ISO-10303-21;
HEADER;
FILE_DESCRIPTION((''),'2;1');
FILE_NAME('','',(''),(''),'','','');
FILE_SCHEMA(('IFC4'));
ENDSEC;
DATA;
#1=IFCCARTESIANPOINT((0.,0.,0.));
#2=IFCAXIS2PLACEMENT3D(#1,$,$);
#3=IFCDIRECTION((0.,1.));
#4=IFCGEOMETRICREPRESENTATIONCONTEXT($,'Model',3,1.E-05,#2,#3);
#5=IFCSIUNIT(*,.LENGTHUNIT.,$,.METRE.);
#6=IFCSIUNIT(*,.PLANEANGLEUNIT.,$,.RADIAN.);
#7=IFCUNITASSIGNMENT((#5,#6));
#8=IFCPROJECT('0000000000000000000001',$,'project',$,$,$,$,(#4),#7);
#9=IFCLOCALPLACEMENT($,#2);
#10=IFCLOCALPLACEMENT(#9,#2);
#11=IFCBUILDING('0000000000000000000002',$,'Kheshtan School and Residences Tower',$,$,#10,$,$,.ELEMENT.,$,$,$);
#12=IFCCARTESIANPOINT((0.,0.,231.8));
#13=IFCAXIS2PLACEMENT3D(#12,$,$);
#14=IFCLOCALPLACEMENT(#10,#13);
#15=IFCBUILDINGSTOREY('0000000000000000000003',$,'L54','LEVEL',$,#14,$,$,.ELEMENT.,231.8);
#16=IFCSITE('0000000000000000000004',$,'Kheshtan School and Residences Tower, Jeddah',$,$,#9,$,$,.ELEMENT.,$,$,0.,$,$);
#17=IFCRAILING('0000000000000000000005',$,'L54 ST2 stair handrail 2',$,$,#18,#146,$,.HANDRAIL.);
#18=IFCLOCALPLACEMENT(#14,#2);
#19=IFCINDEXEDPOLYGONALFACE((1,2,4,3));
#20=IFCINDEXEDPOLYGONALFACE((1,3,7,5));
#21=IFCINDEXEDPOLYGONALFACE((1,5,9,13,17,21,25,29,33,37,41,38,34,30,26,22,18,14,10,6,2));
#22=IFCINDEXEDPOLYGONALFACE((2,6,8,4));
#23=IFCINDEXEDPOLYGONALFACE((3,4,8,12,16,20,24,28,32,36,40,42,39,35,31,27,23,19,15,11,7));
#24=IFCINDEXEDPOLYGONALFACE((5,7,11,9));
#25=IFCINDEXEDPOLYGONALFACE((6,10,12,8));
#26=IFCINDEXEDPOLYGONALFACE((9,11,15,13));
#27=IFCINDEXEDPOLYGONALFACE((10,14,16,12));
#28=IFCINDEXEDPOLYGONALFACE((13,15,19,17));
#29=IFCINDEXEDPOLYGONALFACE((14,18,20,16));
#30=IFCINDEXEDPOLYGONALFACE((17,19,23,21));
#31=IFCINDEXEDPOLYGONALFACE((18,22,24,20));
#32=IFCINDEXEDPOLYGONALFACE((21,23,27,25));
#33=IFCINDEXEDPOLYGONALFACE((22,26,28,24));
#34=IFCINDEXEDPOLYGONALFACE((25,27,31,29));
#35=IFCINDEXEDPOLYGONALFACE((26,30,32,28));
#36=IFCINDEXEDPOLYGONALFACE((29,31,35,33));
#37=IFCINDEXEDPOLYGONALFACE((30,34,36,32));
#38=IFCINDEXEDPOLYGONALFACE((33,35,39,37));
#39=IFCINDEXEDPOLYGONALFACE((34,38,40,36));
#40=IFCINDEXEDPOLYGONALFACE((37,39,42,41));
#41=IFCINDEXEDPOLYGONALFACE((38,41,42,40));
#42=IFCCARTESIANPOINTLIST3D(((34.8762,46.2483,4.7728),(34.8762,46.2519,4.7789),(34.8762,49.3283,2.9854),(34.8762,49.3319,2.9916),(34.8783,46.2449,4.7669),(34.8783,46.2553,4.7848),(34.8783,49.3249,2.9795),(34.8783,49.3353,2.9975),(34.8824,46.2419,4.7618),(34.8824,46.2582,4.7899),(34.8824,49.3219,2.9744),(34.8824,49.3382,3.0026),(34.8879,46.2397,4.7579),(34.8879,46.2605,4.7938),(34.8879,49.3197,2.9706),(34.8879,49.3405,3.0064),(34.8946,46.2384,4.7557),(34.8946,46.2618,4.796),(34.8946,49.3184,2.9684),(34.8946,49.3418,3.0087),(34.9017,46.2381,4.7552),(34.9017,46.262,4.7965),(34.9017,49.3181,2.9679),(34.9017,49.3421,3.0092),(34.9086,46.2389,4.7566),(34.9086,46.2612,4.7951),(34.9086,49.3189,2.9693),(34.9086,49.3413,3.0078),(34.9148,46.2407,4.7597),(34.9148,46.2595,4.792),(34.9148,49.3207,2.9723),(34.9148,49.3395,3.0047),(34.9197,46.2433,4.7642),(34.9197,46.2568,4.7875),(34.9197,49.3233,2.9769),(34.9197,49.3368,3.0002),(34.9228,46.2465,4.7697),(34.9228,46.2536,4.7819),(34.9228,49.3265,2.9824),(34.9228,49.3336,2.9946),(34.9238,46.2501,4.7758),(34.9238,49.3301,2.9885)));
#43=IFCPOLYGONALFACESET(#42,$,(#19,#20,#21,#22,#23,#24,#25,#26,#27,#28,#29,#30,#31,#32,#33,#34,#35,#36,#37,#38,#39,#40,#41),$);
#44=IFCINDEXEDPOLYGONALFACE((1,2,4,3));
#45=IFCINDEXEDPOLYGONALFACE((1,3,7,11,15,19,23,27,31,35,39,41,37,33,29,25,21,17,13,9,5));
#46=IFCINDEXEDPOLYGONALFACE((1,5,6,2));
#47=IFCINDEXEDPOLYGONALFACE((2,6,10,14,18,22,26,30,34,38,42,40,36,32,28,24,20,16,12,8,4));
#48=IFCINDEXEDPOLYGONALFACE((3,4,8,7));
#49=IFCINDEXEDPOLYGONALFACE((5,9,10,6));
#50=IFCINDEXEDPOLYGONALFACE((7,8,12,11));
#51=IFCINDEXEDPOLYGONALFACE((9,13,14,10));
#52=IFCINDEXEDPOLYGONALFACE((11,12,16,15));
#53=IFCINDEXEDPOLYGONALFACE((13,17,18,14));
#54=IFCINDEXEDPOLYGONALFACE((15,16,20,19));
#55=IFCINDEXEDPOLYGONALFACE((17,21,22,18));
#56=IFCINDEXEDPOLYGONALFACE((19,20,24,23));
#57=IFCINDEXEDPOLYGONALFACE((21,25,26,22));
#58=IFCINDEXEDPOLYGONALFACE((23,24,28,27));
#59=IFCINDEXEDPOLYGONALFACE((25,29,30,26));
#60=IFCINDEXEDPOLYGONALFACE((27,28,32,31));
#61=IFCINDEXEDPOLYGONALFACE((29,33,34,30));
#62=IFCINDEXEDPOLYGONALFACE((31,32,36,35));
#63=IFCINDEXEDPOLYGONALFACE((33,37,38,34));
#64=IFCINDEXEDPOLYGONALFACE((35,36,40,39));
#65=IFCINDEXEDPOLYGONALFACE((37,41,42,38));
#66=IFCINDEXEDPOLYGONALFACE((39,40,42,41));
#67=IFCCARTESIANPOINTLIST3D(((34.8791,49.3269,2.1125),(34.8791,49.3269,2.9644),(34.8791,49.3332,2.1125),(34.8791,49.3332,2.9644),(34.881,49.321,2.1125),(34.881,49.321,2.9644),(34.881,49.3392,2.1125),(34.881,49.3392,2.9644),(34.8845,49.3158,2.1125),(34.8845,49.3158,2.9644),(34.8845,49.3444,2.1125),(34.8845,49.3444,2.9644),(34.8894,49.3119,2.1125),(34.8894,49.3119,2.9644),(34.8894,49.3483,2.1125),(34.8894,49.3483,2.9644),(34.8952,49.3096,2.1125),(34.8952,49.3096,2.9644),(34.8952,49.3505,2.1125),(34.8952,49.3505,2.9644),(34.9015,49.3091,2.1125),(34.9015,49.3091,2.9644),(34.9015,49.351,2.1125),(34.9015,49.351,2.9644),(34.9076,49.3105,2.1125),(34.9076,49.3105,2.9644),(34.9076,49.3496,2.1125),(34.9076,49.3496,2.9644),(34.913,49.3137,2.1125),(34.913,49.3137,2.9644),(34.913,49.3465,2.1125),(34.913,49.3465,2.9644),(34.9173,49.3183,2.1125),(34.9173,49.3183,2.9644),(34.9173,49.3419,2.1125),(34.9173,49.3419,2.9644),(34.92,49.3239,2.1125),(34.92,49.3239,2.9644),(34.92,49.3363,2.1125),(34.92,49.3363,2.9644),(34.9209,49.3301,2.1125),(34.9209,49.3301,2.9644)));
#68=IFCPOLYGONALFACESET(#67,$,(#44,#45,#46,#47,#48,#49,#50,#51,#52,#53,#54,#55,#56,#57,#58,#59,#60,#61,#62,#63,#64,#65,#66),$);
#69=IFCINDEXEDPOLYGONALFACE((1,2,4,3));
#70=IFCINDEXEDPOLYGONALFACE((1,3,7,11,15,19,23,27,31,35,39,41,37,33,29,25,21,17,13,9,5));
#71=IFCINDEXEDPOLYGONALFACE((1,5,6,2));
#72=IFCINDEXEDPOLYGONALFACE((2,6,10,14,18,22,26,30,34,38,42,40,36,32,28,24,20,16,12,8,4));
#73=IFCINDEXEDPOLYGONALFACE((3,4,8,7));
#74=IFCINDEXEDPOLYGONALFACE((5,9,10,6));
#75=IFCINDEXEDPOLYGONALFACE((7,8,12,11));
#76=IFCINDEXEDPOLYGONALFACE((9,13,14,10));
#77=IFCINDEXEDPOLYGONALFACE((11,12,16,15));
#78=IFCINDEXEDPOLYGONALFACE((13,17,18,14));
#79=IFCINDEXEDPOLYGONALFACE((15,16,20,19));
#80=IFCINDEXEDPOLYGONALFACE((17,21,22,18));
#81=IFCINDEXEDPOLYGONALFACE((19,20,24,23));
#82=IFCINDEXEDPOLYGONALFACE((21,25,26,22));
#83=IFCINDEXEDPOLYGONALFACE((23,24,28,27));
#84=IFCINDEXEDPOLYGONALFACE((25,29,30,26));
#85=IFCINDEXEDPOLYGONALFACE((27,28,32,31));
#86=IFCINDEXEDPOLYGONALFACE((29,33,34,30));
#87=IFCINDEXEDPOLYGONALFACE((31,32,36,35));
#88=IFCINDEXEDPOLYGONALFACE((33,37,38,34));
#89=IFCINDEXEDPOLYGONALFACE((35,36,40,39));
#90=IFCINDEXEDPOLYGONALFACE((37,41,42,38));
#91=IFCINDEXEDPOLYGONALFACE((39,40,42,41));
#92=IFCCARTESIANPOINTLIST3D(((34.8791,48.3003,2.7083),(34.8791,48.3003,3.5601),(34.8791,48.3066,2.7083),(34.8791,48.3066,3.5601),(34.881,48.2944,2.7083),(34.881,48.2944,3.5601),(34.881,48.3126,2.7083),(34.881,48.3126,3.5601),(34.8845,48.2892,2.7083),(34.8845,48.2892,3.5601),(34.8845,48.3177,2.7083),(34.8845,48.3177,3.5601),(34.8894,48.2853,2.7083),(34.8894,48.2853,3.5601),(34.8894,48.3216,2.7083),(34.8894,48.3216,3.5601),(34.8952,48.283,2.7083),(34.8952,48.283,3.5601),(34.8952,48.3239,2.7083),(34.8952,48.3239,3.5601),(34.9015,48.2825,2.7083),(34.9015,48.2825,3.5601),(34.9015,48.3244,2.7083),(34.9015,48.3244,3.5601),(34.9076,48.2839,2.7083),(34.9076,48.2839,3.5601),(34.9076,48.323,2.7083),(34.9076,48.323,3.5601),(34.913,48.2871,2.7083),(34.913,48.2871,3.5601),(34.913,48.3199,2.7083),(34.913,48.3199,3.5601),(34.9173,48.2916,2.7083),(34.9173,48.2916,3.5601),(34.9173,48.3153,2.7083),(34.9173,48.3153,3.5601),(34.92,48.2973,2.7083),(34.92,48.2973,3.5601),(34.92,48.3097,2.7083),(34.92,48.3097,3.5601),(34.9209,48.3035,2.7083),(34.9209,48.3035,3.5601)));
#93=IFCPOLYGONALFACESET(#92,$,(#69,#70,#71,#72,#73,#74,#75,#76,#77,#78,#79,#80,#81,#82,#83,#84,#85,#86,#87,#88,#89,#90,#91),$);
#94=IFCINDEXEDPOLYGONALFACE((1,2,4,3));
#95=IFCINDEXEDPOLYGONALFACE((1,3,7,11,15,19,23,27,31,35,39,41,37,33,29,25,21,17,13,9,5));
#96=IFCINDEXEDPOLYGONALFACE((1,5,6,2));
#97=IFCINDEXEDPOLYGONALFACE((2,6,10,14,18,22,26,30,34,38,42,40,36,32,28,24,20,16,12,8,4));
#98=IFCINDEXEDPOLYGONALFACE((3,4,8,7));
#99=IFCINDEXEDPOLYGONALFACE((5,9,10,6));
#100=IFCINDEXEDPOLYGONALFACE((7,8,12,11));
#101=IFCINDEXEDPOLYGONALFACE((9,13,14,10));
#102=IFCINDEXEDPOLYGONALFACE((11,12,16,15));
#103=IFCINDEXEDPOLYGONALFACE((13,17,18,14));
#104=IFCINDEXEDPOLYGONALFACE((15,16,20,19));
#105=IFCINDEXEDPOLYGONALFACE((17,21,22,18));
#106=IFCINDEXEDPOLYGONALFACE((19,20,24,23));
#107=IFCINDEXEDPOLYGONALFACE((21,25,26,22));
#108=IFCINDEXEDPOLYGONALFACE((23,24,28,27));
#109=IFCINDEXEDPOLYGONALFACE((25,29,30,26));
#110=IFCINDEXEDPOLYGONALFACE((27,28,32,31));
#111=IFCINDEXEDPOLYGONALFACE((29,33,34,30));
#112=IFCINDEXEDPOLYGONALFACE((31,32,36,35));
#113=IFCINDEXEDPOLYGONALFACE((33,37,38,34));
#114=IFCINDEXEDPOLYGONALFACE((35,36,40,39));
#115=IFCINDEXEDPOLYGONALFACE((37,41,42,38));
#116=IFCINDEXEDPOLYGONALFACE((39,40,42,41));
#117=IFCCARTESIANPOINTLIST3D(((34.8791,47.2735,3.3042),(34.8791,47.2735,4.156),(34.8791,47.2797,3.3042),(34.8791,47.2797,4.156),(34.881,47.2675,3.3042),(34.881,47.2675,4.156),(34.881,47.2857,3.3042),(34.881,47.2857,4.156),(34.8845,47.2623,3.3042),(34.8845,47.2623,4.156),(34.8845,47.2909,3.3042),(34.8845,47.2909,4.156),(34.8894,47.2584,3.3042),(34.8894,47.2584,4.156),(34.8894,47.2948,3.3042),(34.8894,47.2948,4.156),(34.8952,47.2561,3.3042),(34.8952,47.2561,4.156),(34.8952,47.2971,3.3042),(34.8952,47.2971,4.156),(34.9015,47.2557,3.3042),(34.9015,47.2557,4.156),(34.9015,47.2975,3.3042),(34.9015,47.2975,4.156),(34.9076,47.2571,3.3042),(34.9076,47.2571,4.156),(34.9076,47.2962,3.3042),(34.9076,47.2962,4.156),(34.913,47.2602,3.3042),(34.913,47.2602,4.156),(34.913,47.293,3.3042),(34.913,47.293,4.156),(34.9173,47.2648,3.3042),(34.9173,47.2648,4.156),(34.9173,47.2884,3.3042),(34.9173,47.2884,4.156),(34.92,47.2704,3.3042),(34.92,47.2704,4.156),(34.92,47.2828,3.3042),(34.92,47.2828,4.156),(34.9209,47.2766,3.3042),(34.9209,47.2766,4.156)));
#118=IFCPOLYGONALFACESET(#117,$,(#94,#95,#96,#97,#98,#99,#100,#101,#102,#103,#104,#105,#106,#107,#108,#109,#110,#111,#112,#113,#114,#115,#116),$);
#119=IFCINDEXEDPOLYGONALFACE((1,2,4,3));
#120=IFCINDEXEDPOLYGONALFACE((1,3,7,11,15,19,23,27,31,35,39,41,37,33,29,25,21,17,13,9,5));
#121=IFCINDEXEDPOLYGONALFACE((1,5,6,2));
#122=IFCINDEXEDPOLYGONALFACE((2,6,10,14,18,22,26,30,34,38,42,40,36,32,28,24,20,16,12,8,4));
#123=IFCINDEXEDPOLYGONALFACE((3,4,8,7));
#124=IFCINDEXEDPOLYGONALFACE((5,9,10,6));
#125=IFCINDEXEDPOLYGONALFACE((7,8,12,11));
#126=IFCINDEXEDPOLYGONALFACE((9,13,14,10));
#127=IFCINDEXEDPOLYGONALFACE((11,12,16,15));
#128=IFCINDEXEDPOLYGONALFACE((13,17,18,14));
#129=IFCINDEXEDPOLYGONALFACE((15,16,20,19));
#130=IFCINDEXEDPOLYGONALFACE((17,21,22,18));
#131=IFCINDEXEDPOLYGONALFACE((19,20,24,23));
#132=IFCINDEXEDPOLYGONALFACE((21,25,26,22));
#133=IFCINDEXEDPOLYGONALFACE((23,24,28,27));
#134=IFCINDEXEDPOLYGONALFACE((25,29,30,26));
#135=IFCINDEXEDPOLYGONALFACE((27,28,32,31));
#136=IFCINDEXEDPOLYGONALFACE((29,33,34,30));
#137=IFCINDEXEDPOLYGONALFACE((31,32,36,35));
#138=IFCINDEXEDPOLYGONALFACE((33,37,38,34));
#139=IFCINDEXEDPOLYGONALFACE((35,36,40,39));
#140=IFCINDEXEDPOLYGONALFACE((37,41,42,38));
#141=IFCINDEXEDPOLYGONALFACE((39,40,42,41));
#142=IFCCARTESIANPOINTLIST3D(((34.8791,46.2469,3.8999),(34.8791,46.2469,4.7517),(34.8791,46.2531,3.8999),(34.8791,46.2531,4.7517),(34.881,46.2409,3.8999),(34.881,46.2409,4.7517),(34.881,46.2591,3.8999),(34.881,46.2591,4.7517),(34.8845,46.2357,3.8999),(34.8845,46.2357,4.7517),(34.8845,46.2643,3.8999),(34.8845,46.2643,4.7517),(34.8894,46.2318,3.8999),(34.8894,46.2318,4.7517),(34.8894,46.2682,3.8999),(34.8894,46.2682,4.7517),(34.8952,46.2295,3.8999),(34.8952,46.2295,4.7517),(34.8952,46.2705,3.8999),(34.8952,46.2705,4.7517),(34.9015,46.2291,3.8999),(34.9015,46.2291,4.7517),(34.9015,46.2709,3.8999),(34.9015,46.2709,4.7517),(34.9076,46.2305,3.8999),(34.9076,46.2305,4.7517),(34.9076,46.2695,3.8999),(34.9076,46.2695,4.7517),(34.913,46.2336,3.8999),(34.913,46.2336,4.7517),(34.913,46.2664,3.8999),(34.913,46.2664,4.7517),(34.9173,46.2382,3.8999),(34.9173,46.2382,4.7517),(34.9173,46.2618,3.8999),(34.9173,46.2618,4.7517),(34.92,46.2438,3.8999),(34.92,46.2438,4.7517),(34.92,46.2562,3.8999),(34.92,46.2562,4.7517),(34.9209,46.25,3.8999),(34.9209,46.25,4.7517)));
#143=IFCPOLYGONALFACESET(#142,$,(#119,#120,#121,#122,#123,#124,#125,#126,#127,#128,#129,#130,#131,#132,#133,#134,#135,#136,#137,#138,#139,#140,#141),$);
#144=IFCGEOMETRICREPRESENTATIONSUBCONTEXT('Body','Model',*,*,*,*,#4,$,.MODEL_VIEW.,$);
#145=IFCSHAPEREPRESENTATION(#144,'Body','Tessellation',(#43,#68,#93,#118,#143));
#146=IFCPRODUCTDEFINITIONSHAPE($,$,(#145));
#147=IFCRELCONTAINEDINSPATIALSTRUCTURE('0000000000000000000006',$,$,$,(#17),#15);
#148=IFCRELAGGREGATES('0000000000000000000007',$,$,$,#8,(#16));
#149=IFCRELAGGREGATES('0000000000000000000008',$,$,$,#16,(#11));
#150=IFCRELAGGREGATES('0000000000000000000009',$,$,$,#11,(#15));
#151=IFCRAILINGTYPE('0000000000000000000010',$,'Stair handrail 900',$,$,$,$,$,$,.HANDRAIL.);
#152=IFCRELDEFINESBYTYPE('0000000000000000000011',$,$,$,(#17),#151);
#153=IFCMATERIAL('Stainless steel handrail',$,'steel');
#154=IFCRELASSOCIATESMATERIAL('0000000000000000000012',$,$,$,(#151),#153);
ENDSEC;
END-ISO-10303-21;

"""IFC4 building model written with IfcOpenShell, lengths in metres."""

from ifc_helpers import new_model, si_unit, direction, frame, origin, origin_2d, place, context, subcontext, project, spatial, circle, extrude, material, type_object, element, save


model = new_model("IFC4")

# Units and contexts
model_context = context("Model", 3, precision=1e-05, world=origin(), true_north=direction((0.0, 1.0)))
body_context = subcontext(model_context, "Body", "Model", "MODEL_VIEW")
ifc_project = project(units=[si_unit("LENGTHUNIT", "METRE"), si_unit("PLANEANGLEUNIT", "RADIAN")], contexts=[model_context])

# Site, building, storey
site_placement = place(None, origin())
site = spatial("IfcSite", under=ifc_project, at=site_placement, Name="Kheshtan School and Residences Tower, Jeddah", CompositionType="ELEMENT", RefElevation=0.0)
building_placement = place(site_placement, origin())
building = spatial("IfcBuilding", under=site, at=building_placement, Name="Kheshtan School and Residences Tower", CompositionType="ELEMENT")
storey_placement = place(building_placement, frame((0.0, 0.0, 231.8)))
storey = spatial("IfcBuildingStorey", under=building, at=storey_placement, Name="L54", Description="LEVEL", CompositionType="ELEMENT", Elevation=231.8)

# Railing
ifc_material_1 = material(Name="Stainless steel handrail", Category="steel")
railing_type_1 = type_object("IfcRailingType", Name="Stair handrail 900", PredefinedType="HANDRAIL", material=ifc_material_1)
railing_1_placement = place(storey_placement, frame((34.8999, 49.3301, 2.1125)))
element("IfcRailing", 1, at=railing_1_placement, inside=storey, type_object=railing_type_1, Name="L54 ST2 stair handrail 2", PredefinedType="HANDRAIL", context=body_context, shape_type="SweptSolid", body=[
    extrude(circle(Radius=0.0239, at=origin_2d()), frame((0.0, 0.0, 0.876), z_axis=(0.0, -0.86492, 0.501909), x_axis=(1.0, 0.0, 0.0)), (0.0, 0.0, 1.0), 3.561),
    extrude(circle(Radius=0.021, at=origin_2d()), origin(), (0.0, 0.0, 1.0), 0.8518),
    extrude(circle(Radius=0.021, at=origin_2d()), frame((0.0, -1.0266, 0.5957)), (0.0, 0.0, 1.0), 0.8518),
    extrude(circle(Radius=0.021, at=origin_2d()), frame((0.0, -2.0535, 1.1917)), (0.0, 0.0, 1.0), 0.8518),
    extrude(circle(Radius=0.021, at=origin_2d()), frame((0.0, -3.0801, 1.7874)), (0.0, 0.0, 1.0), 0.8518),
])

save(model, "model.ifc")
